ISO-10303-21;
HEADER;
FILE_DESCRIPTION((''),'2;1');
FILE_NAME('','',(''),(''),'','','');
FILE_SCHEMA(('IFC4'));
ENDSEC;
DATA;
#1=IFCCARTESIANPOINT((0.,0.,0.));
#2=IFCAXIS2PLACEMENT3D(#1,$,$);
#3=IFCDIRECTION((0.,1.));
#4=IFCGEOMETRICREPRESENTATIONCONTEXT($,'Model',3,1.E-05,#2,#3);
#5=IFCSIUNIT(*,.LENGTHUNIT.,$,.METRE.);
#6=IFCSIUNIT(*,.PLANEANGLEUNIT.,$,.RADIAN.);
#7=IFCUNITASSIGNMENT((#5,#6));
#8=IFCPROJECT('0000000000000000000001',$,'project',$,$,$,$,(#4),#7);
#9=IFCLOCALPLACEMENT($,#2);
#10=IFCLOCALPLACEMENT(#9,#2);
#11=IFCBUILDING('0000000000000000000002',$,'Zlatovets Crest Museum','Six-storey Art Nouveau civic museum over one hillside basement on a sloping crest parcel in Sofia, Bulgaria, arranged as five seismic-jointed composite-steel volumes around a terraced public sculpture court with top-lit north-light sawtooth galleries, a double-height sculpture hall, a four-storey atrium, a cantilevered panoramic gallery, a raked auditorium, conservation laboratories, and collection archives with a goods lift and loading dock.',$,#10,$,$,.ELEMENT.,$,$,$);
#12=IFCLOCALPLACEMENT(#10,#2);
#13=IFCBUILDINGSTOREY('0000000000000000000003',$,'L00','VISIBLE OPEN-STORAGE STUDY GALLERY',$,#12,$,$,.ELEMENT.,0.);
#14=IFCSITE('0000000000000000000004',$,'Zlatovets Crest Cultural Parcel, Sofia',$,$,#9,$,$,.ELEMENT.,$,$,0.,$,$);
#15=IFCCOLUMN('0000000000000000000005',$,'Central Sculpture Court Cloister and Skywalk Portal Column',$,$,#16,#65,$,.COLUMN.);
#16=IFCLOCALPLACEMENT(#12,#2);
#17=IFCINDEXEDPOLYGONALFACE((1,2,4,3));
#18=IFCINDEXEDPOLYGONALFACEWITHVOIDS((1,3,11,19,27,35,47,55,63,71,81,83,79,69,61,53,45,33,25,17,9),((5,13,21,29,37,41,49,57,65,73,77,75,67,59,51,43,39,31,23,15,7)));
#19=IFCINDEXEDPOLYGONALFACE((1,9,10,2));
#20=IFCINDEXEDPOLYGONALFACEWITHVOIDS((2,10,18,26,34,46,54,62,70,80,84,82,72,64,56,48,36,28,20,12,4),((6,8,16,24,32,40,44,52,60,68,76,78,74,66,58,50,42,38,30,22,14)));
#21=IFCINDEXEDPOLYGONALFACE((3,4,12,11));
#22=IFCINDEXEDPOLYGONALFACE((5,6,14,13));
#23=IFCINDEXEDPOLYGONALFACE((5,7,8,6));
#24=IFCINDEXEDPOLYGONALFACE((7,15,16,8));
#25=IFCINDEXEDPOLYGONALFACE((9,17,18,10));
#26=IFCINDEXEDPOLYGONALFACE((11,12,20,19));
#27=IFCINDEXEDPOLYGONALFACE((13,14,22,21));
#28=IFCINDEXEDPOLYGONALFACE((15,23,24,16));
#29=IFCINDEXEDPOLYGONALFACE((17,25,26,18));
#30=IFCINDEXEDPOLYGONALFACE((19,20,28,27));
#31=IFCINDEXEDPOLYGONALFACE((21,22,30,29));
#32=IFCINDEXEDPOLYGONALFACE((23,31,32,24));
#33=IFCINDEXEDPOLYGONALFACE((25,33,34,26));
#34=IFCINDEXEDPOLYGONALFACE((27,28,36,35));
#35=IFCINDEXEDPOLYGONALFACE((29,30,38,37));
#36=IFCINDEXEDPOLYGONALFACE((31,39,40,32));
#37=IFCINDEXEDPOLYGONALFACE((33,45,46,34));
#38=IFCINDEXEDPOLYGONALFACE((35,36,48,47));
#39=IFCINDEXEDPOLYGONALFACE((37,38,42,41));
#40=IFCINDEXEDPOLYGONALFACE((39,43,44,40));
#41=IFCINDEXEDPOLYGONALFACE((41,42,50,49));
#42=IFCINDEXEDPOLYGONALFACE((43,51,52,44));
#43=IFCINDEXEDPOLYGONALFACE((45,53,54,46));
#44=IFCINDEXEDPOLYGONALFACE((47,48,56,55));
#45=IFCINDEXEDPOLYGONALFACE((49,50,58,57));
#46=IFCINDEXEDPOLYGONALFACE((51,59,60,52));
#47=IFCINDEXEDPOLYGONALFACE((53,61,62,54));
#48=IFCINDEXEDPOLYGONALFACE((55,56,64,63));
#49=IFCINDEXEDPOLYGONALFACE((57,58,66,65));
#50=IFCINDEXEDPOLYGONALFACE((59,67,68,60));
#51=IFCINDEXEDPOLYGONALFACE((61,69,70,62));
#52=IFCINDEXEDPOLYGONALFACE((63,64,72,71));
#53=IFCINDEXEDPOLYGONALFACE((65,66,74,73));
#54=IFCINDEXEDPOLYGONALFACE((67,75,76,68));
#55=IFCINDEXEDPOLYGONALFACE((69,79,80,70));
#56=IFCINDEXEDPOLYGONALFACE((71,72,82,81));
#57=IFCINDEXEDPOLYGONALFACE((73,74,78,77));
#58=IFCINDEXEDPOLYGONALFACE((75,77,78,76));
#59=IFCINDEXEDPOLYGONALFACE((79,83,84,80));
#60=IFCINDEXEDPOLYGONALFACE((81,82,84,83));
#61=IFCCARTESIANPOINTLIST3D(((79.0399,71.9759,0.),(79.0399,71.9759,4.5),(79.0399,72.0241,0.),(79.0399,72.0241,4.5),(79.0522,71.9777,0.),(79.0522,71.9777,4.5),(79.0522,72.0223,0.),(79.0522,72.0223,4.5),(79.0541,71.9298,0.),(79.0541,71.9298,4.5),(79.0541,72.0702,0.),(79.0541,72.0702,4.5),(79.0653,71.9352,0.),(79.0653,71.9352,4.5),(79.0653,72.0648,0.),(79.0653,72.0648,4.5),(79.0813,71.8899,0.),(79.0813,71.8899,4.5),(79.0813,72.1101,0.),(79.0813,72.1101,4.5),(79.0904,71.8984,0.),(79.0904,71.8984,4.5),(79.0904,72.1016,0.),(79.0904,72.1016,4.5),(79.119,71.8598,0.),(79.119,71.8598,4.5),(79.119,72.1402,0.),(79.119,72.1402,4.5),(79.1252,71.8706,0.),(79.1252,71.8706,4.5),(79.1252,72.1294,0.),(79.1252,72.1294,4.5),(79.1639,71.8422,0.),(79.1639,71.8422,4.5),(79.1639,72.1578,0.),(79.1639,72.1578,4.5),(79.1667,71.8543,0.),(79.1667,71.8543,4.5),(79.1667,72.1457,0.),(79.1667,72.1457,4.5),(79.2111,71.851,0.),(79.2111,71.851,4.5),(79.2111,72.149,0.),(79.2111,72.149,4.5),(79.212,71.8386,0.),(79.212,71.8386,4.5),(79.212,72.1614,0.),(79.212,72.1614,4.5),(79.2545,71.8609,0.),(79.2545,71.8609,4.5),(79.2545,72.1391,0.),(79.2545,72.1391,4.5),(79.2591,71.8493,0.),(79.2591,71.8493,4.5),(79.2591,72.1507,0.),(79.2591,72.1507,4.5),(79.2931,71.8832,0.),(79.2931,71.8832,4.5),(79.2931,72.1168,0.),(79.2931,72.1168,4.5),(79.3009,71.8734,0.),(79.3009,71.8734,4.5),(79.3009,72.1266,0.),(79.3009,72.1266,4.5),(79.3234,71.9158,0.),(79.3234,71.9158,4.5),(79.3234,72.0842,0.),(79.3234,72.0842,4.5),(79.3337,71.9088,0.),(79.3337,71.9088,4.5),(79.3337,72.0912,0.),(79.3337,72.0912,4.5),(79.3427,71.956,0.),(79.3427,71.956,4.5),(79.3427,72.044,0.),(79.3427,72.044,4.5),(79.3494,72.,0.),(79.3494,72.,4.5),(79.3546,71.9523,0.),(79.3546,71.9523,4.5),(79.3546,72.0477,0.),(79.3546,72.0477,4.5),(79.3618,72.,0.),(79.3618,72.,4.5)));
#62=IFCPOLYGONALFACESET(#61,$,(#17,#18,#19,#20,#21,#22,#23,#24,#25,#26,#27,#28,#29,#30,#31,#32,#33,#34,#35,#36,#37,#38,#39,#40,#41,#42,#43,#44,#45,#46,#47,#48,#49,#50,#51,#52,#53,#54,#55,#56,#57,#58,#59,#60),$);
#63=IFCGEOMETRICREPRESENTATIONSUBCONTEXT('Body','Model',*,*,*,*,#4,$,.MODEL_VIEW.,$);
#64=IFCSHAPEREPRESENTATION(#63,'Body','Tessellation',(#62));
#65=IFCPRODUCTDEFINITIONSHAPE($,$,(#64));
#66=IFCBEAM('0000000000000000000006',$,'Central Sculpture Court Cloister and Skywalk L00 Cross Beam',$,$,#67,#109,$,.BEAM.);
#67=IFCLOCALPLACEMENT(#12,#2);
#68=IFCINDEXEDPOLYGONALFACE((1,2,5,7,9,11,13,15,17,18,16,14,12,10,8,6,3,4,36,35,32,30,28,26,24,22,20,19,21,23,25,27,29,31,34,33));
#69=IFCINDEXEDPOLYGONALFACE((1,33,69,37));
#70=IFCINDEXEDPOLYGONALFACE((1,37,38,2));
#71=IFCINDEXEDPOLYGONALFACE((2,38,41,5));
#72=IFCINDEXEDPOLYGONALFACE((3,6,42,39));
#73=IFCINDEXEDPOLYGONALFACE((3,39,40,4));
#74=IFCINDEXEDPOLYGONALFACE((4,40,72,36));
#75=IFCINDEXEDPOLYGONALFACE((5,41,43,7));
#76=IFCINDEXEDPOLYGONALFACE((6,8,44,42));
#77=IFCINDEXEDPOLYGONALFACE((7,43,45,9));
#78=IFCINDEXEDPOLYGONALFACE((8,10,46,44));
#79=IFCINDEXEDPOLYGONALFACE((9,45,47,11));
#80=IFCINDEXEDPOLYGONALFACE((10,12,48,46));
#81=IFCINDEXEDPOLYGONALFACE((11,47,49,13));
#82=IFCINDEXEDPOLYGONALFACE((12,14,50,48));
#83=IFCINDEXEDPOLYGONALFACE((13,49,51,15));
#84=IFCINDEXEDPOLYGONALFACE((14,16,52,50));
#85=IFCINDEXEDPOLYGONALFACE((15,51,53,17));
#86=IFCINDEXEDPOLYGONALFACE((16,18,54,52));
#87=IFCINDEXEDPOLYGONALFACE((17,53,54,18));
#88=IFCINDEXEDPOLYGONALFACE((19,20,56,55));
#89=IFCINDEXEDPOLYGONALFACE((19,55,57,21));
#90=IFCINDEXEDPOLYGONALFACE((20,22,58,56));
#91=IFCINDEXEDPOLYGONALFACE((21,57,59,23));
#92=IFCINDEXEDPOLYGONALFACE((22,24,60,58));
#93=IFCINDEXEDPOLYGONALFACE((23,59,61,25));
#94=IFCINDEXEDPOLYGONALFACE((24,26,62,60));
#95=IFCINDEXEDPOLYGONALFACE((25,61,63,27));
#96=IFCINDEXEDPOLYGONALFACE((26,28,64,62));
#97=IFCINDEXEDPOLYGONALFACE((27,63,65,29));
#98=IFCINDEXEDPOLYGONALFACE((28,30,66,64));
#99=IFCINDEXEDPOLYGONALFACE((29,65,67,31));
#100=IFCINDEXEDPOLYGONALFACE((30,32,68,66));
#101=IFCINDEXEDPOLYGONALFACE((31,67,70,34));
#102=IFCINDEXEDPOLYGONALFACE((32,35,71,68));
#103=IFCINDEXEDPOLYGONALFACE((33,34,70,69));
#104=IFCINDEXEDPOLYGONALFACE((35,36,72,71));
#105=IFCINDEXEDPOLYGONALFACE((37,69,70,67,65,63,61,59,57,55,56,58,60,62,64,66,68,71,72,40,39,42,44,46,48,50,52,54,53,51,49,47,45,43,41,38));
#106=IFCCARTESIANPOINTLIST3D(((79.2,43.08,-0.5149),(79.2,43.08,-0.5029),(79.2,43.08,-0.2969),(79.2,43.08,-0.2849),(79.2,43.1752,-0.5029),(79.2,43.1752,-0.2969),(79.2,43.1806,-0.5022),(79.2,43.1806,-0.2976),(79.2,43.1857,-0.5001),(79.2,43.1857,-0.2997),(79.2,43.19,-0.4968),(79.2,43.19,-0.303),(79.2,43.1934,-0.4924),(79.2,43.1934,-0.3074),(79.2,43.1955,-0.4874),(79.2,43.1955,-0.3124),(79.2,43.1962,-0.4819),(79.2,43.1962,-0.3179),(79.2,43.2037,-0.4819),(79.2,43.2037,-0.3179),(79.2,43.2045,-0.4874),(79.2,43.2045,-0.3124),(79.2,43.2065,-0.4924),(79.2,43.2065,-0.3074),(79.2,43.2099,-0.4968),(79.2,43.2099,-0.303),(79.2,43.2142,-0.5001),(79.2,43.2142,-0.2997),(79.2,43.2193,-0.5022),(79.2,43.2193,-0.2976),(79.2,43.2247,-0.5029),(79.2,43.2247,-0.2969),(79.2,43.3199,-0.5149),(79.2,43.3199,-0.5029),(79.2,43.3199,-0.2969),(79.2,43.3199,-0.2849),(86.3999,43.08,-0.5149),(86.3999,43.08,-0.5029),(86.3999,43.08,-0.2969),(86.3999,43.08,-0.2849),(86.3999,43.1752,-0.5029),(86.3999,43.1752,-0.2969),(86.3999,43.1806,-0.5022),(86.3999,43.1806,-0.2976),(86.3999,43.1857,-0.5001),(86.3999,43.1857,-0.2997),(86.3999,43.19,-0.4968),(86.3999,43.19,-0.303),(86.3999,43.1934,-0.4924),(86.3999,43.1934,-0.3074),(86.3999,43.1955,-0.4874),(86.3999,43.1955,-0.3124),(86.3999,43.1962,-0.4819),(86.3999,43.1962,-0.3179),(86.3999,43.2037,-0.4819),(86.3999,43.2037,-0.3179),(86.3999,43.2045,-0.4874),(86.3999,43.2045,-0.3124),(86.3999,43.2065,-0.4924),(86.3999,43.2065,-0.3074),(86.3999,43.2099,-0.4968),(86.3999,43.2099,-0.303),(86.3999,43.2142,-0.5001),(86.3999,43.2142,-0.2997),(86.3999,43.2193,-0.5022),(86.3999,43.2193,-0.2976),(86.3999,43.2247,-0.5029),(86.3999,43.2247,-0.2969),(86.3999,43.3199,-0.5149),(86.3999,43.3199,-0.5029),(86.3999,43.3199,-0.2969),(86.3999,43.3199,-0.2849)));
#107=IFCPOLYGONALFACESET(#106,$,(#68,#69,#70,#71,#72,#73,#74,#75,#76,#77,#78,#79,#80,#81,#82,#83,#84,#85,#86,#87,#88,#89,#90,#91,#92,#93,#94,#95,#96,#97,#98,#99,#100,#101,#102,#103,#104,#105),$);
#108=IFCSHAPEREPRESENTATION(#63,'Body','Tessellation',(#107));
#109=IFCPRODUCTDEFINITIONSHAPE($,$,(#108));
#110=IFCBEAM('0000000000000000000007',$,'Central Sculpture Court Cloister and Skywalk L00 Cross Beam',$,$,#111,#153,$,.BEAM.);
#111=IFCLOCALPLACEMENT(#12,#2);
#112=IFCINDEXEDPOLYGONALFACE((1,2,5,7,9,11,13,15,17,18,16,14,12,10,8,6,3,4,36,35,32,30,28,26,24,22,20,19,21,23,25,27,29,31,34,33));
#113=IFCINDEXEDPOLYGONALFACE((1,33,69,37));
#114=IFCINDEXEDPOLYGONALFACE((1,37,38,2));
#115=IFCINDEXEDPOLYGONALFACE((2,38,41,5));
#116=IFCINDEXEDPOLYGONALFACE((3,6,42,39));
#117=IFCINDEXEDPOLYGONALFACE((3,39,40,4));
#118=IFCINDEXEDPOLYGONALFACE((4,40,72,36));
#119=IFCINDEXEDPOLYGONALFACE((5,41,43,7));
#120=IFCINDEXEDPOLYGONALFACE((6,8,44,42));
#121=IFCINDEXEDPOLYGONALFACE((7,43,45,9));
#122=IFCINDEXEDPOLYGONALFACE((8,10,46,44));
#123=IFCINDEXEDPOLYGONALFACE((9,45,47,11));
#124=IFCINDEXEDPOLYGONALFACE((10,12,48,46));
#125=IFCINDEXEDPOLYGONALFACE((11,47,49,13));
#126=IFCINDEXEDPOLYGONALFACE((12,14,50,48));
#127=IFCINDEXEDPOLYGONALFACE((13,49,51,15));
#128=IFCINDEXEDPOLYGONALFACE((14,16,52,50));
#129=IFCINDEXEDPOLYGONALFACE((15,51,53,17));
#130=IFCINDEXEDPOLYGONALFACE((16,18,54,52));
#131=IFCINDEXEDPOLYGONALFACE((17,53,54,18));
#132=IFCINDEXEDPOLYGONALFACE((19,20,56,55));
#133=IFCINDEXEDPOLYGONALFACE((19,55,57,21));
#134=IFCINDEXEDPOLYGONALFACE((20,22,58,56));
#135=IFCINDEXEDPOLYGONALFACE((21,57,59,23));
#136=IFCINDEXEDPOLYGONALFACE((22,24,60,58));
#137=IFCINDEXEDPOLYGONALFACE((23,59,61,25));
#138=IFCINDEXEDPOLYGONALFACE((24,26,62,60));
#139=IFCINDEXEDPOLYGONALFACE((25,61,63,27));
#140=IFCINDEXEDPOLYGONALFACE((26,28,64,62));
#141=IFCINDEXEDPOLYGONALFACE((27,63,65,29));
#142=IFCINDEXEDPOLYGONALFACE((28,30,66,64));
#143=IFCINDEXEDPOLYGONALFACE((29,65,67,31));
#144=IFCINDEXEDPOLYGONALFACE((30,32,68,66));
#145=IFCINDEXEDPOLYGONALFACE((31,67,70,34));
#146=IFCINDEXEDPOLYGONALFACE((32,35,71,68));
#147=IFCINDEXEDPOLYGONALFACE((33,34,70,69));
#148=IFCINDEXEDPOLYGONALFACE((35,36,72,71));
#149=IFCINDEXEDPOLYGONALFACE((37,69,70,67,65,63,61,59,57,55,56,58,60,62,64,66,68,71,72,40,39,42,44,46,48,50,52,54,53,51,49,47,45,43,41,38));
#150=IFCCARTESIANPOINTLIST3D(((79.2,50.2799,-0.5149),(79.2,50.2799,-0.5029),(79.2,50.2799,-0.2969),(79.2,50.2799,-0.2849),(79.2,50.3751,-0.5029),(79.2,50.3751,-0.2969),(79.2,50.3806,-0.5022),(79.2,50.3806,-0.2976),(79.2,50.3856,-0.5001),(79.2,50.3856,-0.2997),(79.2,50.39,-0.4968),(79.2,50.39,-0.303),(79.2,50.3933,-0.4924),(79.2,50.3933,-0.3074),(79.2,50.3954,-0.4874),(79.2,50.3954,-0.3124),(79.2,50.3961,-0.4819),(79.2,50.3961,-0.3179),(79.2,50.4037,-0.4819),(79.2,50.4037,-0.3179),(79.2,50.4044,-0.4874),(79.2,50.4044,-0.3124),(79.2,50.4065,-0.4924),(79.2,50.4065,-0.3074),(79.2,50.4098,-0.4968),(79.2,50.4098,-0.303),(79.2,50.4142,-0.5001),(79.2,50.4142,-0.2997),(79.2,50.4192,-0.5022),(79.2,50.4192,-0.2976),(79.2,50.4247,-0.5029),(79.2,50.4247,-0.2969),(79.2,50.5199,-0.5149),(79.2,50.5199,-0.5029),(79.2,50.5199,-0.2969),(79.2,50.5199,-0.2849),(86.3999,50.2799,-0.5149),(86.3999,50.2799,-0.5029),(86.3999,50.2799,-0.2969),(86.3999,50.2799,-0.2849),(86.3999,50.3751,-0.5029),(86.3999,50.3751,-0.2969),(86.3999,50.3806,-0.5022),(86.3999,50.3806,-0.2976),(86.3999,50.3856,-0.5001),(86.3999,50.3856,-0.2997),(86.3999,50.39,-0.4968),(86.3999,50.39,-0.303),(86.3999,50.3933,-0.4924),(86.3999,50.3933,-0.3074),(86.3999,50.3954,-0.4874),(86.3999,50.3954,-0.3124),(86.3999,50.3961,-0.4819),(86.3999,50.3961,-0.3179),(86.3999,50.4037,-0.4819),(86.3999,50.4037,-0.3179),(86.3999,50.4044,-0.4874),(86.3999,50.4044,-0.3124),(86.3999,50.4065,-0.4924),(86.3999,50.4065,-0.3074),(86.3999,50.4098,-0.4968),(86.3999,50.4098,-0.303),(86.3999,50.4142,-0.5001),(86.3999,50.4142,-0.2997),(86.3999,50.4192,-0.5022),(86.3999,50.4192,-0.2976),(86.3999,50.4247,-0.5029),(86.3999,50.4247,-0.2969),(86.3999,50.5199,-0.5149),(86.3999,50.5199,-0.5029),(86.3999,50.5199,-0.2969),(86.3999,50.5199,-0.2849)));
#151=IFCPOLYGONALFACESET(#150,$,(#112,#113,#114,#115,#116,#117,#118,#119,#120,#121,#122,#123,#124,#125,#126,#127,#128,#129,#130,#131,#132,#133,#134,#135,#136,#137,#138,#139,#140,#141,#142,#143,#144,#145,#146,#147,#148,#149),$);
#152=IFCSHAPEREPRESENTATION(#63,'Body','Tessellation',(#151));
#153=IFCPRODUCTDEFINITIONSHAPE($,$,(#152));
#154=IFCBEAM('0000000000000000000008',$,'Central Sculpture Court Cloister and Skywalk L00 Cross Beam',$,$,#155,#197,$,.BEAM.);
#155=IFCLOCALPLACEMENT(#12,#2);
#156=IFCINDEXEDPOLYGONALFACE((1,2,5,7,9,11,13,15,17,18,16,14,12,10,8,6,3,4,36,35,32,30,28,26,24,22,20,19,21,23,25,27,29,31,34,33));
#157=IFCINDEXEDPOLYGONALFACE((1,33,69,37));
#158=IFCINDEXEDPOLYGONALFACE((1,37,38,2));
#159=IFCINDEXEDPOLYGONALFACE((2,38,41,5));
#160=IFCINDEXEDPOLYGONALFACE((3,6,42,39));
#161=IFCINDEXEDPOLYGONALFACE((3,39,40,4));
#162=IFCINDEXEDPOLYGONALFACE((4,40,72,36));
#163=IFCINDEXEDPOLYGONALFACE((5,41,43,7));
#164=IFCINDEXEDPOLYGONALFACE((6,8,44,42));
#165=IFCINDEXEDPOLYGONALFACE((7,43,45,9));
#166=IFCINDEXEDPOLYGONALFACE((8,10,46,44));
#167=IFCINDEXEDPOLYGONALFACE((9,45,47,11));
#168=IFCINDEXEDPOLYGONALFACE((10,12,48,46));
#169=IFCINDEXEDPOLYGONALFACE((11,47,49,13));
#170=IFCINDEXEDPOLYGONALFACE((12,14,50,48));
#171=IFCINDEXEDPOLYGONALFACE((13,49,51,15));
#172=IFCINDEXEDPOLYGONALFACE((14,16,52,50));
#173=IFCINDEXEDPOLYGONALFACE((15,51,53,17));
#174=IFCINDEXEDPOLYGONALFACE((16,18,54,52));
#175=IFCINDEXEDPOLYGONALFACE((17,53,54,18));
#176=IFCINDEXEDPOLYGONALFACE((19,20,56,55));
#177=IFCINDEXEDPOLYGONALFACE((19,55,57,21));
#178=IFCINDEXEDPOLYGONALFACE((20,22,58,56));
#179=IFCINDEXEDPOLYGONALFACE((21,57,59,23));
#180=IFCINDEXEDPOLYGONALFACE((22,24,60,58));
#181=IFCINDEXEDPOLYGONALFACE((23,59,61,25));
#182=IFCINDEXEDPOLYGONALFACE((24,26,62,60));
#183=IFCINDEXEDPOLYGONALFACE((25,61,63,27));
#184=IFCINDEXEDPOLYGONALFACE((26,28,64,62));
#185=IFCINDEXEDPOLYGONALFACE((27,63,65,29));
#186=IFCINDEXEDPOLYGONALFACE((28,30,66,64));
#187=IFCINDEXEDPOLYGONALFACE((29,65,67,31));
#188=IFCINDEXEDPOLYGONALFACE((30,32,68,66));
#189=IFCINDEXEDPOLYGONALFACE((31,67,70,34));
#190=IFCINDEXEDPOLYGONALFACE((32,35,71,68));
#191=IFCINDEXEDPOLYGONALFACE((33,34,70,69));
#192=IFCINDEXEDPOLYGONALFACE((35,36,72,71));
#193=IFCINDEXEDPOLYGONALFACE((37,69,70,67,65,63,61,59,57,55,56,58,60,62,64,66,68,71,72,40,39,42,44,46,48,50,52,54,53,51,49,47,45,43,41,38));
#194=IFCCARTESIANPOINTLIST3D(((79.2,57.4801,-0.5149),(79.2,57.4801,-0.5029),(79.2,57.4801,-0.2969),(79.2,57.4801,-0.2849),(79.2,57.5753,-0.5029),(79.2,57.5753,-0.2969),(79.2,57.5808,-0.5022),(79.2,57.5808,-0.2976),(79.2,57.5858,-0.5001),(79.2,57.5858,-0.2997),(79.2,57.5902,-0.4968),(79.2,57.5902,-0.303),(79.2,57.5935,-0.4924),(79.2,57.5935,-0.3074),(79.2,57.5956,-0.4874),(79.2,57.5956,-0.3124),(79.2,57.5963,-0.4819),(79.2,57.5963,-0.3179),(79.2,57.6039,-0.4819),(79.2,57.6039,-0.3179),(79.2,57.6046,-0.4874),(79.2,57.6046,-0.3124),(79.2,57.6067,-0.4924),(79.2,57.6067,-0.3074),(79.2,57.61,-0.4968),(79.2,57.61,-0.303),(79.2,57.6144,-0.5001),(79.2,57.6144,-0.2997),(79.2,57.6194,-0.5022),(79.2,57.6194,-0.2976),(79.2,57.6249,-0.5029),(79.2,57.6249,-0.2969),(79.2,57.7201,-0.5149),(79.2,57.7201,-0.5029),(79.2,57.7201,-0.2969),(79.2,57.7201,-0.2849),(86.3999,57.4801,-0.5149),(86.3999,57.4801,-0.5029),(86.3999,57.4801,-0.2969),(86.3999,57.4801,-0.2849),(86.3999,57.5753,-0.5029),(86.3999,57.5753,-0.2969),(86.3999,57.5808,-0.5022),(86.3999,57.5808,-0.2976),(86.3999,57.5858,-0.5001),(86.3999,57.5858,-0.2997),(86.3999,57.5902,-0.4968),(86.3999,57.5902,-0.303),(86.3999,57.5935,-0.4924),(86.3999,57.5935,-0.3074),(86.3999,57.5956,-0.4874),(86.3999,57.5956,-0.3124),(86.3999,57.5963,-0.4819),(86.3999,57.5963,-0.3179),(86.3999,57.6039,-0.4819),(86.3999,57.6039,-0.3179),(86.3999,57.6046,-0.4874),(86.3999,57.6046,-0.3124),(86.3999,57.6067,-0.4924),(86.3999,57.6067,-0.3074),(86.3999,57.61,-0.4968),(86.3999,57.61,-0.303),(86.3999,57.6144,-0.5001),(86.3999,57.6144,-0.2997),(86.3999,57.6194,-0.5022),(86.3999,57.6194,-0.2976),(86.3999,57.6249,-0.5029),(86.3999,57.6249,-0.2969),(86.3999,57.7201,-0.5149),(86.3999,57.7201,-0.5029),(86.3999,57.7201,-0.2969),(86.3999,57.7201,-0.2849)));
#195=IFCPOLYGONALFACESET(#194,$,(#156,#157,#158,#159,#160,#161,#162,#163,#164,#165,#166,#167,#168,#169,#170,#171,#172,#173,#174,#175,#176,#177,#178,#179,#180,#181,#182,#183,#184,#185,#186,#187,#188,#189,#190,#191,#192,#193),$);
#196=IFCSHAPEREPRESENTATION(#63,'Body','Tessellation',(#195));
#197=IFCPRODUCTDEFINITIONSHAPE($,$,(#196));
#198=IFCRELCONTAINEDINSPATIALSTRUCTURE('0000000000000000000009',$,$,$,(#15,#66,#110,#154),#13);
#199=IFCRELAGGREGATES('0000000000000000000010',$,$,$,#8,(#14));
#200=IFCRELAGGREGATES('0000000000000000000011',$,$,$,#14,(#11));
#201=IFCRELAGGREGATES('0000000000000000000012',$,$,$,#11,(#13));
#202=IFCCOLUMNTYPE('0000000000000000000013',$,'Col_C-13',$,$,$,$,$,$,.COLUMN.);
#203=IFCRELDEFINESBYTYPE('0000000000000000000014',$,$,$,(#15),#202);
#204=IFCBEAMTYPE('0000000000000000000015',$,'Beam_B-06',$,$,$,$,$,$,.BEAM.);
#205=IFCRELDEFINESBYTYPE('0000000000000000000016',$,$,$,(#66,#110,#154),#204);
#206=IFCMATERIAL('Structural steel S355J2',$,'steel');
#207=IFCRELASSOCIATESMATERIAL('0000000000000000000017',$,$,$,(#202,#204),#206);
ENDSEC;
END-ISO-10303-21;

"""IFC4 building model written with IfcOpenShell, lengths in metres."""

from ifc_helpers import new_model, si_unit, direction, frame, origin, origin_2d, place, context, subcontext, project, spatial, hollow_circle, i_section, extrude, material, material_profile, profile_set, type_object, element, save


model = new_model("IFC4")

# Units and contexts
model_context = context("Model", 3, precision=1e-05, world=origin(), true_north=direction((0.0, 1.0)))
body_context = subcontext(model_context, "Body", "Model", "MODEL_VIEW")
ifc_project = project(units=[si_unit("LENGTHUNIT", "METRE"), si_unit("PLANEANGLEUNIT", "RADIAN")], contexts=[model_context])

# Site, building, storey
site_placement = place(None, origin())
site = spatial("IfcSite", under=ifc_project, at=site_placement, Name="Zlatovets Crest Cultural Parcel, Sofia", CompositionType="ELEMENT", RefElevation=0.0)
building_placement = place(site_placement, origin())
building = spatial("IfcBuilding", under=site, at=building_placement, Name="Zlatovets Crest Museum", Description="Six-storey Art Nouveau civic museum over one hillside basement on a sloping crest parcel in Sofia, Bulgaria, arranged as five seismic-jointed composite-steel volumes around a terraced public sculpture court with top-lit north-light sawtooth galleries, a double-height sculpture hall, a four-storey atrium, a cantilevered panoramic gallery, a raked auditorium, conservation laboratories, and collection archives with a goods lift and loading dock.", CompositionType="ELEMENT")
storey_placement = place(building_placement, origin())
storey = spatial("IfcBuildingStorey", under=building, at=storey_placement, Name="L00", Description="VISIBLE OPEN-STORAGE STUDY GALLERY", CompositionType="ELEMENT", Elevation=0.0)

# Column
ifc_material_1 = material(Name="Structural steel S355J2", Category="steel")
ifc_material_profile_1 = material_profile(ifc_material_1, hollow_circle(Radius=0.1619, WallThickness=0.0125, at=origin_2d()), Name="CHS 323.9x12.5")
ifc_profile_set_1 = profile_set([ifc_material_profile_1], Name="Structural steel S355J2")
column_type = type_object("IfcColumnType", Name="Col_C-13", PredefinedType="COLUMN", material=ifc_profile_set_1)
for number, where, z_axis, x_axis, name in (
    (1, (79.2, 72.0, 0.0), (0.0, 0.0, 1.0), (1.0, 0.0, 0.0), "Central Sculpture Court Cloister and Skywalk Portal Column"),
):
    element("IfcColumn", number, at=place(storey_placement, frame(where, z_axis=z_axis, x_axis=x_axis)), inside=storey, type_object=column_type, Name=name, PredefinedType="COLUMN", context=body_context, shape_type="SweptSolid", body=[
        extrude(hollow_circle(Radius=0.1619, WallThickness=0.0125, at=origin_2d()), origin(), (0.0, 0.0, 1.0), 4.5),
    ])

# Beams
ifc_material_profile_2 = material_profile(ifc_material_1, i_section(OverallWidth=0.24, OverallDepth=0.23, WebThickness=0.0076, FlangeThickness=0.012, FilletRadius=0.021, at=origin_2d()), Name="HEA 240")
ifc_profile_set_2 = profile_set([ifc_material_profile_2], Name="Structural steel S355J2")
beam_type_1 = type_object("IfcBeamType", Name="Beam_B-06", PredefinedType="BEAM", material=ifc_profile_set_2)
for number, where, z_axis, x_axis, name in (
    (2, (79.2, 43.2, -0.3999), (1.0, 0.0, 0.0), (0.0, 1.0, 0.0), "Central Sculpture Court Cloister and Skywalk L00 Cross Beam"),
    (3, (79.2, 50.3999, -0.3999), (1.0, 0.0, 0.0), (0.0, 1.0, 0.0), "Central Sculpture Court Cloister and Skywalk L00 Cross Beam"),
    (4, (79.2, 57.6001, -0.3999), (1.0, 0.0, 0.0), (0.0, 1.0, 0.0), "Central Sculpture Court Cloister and Skywalk L00 Cross Beam"),
):
    element("IfcBeam", number, at=place(storey_placement, frame(where, z_axis=z_axis, x_axis=x_axis)), inside=storey, type_object=beam_type_1, Name=name, PredefinedType="BEAM", context=body_context, shape_type="SweptSolid", body=[
        extrude(i_section(OverallWidth=0.24, OverallDepth=0.23, WebThickness=0.0076, FlangeThickness=0.012, FilletRadius=0.021, at=origin_2d()), origin(), (0.0, 0.0, 1.0), 7.2),
    ])

save(model, "model.ifc")
